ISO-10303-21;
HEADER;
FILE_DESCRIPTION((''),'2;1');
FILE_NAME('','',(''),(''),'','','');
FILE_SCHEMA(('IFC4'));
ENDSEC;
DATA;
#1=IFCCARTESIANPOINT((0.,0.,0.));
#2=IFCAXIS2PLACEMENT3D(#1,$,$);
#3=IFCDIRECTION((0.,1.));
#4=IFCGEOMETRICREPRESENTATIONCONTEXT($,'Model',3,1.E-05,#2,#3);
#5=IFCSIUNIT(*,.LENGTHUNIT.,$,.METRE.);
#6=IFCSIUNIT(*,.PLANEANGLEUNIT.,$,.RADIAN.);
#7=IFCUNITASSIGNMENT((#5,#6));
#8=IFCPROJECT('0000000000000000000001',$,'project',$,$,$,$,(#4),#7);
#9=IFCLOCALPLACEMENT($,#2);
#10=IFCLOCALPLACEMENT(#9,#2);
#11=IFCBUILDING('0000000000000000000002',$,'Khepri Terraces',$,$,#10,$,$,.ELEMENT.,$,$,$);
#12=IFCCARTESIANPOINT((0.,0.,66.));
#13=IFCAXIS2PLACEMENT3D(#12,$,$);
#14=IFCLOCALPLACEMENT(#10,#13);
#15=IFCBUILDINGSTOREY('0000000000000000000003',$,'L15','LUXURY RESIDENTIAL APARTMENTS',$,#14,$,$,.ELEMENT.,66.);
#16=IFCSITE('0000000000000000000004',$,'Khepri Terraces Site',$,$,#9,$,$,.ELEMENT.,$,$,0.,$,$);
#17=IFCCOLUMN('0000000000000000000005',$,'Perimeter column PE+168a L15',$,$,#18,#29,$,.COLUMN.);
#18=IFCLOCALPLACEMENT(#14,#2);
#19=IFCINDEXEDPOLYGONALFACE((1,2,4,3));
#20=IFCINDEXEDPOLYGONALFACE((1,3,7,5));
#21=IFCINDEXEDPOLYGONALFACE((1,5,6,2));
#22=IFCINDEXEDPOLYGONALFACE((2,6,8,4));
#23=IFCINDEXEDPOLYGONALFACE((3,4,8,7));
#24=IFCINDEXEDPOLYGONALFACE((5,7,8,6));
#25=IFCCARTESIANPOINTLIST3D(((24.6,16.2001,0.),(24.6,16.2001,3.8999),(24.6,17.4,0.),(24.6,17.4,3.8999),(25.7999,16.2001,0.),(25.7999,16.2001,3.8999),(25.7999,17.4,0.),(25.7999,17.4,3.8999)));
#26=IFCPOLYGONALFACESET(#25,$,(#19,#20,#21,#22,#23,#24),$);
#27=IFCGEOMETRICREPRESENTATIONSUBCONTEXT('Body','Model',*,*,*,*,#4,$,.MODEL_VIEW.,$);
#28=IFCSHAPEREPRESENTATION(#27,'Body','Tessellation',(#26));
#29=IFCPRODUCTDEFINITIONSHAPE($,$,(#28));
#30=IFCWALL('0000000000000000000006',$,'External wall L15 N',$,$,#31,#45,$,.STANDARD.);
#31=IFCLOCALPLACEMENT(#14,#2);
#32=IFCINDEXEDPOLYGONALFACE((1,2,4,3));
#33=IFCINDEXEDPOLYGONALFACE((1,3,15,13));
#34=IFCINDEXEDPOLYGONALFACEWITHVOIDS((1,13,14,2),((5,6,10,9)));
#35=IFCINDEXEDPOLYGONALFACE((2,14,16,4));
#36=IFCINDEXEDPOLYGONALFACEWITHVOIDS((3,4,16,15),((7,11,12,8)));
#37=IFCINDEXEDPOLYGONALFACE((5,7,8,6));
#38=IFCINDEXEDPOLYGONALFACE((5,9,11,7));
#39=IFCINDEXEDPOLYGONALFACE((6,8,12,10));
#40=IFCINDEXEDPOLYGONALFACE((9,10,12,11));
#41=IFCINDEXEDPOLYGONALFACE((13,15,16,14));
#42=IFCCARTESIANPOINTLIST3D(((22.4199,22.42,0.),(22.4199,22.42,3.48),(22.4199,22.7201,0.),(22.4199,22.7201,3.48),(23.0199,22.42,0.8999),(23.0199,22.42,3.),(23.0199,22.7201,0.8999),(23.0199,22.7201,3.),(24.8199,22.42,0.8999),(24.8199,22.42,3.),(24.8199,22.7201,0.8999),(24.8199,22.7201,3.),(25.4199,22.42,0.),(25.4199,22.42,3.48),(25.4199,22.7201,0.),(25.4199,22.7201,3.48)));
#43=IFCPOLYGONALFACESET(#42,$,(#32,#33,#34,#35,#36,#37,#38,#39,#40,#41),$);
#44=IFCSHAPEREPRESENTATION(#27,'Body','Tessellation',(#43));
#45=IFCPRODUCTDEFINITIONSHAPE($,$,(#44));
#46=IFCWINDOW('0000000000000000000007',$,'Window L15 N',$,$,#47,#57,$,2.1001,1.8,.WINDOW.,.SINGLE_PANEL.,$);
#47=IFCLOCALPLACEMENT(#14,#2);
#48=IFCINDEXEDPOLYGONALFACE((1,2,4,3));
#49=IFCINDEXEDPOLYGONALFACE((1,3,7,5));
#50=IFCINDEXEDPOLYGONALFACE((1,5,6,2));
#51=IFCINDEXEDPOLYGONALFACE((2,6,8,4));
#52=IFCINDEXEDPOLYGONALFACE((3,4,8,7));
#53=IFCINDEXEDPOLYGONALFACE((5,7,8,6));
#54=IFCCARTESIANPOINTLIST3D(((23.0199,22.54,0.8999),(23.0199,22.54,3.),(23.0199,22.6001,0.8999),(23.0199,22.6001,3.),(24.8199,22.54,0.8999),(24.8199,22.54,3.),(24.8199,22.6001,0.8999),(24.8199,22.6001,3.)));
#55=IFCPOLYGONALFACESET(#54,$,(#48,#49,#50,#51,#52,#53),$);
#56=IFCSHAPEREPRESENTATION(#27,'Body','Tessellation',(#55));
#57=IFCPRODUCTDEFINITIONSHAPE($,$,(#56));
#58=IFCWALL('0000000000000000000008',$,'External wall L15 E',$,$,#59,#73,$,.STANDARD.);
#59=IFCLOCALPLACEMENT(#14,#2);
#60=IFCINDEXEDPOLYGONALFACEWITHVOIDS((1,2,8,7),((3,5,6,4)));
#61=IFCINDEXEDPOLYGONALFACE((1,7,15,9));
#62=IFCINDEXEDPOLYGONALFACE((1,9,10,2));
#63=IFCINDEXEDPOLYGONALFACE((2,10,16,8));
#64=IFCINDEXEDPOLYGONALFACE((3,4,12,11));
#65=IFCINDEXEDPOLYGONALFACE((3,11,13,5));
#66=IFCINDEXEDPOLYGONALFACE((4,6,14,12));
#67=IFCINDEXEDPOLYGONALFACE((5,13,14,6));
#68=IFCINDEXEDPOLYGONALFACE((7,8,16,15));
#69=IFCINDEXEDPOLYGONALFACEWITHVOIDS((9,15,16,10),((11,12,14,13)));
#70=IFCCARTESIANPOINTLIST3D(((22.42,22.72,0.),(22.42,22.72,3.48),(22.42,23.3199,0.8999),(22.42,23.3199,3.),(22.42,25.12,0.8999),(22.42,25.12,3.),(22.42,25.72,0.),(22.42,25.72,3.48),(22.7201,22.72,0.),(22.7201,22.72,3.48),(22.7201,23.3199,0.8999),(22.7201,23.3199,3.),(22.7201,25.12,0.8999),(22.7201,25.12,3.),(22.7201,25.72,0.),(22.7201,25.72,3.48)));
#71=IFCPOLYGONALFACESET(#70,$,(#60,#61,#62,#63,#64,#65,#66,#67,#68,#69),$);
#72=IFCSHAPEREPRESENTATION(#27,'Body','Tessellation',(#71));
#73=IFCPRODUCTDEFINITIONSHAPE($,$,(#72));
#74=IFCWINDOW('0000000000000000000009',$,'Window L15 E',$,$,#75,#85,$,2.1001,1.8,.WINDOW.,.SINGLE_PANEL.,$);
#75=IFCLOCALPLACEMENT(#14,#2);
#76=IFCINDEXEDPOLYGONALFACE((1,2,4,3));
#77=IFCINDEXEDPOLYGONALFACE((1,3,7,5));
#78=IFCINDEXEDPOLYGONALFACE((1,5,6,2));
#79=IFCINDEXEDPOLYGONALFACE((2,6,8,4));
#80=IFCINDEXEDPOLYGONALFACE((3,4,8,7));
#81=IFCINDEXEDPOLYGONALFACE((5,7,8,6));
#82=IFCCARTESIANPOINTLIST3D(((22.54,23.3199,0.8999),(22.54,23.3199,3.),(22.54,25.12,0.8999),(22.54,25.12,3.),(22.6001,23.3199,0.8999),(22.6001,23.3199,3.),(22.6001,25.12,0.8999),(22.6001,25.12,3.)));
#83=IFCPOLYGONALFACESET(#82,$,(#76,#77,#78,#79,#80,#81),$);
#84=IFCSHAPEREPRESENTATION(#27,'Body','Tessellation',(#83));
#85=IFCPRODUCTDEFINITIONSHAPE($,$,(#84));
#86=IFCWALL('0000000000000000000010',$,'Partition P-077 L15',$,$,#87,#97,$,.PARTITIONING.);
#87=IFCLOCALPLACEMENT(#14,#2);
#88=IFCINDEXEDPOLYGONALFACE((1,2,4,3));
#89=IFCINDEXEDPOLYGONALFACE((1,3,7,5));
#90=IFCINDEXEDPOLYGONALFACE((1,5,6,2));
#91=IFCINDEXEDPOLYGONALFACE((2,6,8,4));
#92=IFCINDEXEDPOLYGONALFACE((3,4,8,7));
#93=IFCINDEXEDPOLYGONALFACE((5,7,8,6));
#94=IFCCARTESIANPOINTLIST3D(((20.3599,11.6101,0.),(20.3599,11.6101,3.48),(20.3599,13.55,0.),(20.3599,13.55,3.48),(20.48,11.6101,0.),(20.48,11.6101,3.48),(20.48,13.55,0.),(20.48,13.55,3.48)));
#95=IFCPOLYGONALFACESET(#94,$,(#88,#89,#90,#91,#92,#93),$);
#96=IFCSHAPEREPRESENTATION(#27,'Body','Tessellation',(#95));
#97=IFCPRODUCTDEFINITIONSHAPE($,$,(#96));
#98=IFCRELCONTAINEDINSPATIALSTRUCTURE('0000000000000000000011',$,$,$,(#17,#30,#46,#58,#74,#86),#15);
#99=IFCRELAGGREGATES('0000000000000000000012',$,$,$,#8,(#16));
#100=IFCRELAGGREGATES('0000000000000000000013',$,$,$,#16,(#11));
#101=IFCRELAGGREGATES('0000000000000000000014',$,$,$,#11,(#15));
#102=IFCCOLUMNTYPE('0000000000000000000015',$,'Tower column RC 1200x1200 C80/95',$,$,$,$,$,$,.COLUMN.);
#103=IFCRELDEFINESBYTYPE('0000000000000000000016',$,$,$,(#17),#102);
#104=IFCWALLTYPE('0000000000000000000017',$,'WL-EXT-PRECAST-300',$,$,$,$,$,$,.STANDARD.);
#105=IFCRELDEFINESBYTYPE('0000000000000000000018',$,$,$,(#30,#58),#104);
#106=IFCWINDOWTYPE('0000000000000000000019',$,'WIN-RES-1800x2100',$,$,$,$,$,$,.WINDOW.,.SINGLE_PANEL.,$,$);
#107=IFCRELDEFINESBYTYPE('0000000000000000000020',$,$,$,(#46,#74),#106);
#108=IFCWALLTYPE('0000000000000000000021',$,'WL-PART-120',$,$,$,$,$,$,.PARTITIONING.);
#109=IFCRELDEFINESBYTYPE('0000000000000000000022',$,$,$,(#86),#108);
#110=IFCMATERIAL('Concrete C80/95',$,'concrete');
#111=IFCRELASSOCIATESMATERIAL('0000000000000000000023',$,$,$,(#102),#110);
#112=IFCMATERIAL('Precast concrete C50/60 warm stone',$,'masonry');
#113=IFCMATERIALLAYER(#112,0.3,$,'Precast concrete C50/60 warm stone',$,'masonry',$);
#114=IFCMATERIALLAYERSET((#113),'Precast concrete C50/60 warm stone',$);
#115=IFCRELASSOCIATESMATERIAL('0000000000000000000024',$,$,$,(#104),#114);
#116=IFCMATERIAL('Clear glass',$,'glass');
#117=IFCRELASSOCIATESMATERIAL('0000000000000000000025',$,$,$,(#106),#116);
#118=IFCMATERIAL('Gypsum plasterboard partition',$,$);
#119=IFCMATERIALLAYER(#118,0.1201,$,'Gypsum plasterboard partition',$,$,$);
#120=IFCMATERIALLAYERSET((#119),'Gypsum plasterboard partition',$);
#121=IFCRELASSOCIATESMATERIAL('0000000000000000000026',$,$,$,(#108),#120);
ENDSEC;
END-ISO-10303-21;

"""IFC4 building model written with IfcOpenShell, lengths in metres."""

from ifc_helpers import new_model, si_unit, direction, frame, frame_2d, origin, origin_2d, place, context, subcontext, project, spatial, rectangle, extrude, material, layer, layer_set, material_profile, profile_set, type_object, element, fill, save


model = new_model("IFC4")

# Units and contexts
model_context = context("Model", 3, precision=1e-05, world=origin(), true_north=direction((0.0, 1.0)))
body_context = subcontext(model_context, "Body", "Model", "MODEL_VIEW")
ifc_project = project(units=[si_unit("LENGTHUNIT", "METRE"), si_unit("PLANEANGLEUNIT", "RADIAN")], contexts=[model_context])

# Site, building, storey
site_placement = place(None, origin())
site = spatial("IfcSite", under=ifc_project, at=site_placement, Name="Khepri Terraces Site", CompositionType="ELEMENT", RefElevation=0.0)
building_placement = place(site_placement, origin())
building = spatial("IfcBuilding", under=site, at=building_placement, Name="Khepri Terraces", CompositionType="ELEMENT")
storey_placement = place(building_placement, frame((0.0, 0.0, 66.0)))
storey = spatial("IfcBuildingStorey", under=building, at=storey_placement, Name="L15", Description="LUXURY RESIDENTIAL APARTMENTS", CompositionType="ELEMENT", Elevation=66.0)

# Column
ifc_material_1 = material(Name="Concrete C80/95", Category="concrete")
ifc_material_profile = material_profile(ifc_material_1, rectangle(XDim=1.2, YDim=1.2, at=origin_2d()), Name="Concrete C80/95", Category="concrete")
ifc_profile_set = profile_set([ifc_material_profile], Name="Concrete C80/95")
column_type = type_object("IfcColumnType", Name="Tower column RC 1200x1200 C80/95", PredefinedType="COLUMN", material=ifc_profile_set)
column_placement = place(storey_placement, frame((25.2, 16.8, 0.0), z_axis=(0.0, 0.0, 1.0), x_axis=(1.0, 0.0, 0.0)))
element("IfcColumn", 1, at=column_placement, inside=storey, type_object=column_type, Name="Perimeter column PE+168a L15", PredefinedType="COLUMN", context=body_context, shape_type="SweptSolid", body=[
    extrude(rectangle(XDim=1.2, YDim=1.2, at=origin_2d()), origin(), (0.0, 0.0, 1.0), 3.8999),
])

# Shared definitions
ifc_material_2 = material(Name="Precast concrete C50/60 warm stone", Category="masonry")
ifc_layer_1 = layer(ifc_material_2, 0.3, Name="Precast concrete C50/60 warm stone", Category="masonry")
ifc_layer_set_1 = layer_set([ifc_layer_1], Name="Precast concrete C50/60 warm stone")
wall_type_1 = type_object("IfcWallType", Name="WL-EXT-PRECAST-300", PredefinedType="STANDARD", material=ifc_layer_set_1)
ifc_material_3 = material(Name="Clear glass", Category="glass")
window_type = type_object("IfcWindowType", Name="WIN-RES-1800x2100", PartitioningType="SINGLE_PANEL", PredefinedType="WINDOW", material=ifc_material_3)

# Walls, openings, windows
wall_1_placement = place(storey_placement, frame((25.4199, 22.5701, 0.0), z_axis=(0.0, 0.0, 1.0), x_axis=(-1.0, 0.0, 0.0)))
wall_1 = element("IfcWall", 2, at=wall_1_placement, inside=storey, type_object=wall_type_1, Name="External wall L15 N", PredefinedType="STANDARD", context=body_context, shape_type="SweptSolid", body=[
    extrude(rectangle(XDim=3.0, YDim=0.3, at=frame_2d((1.5, 0.0))), origin(), (0.0, 0.0, 1.0), 3.48),
])
opening_1_placement = place(wall_1_placement, frame((0.6001, 0.0, 0.8999)))
opening_1 = element("IfcOpeningElement", 3, at=opening_1_placement, cuts=wall_1, PredefinedType="OPENING", context=body_context, shape_type="SweptSolid", body=[
    extrude(rectangle(XDim=1.8, YDim=2.1001, at=frame_2d((0.8999, 1.05))), frame((0.0, 0.1602, 0.0), z_axis=(0.0, -1.0, 0.0), x_axis=(1.0, 0.0, 0.0)), (0.0, 0.0, 1.0), 0.3201),
])
window_1_placement = place(opening_1_placement, origin())
window_1 = element("IfcWindow", 4, at=window_1_placement, inside=storey, type_object=window_type, Name="Window L15 N", OverallHeight=2.1001, OverallWidth=1.8, PartitioningType="SINGLE_PANEL", PredefinedType="WINDOW", context=body_context, shape_type="SweptSolid", body=[
    extrude(rectangle(XDim=1.8, YDim=2.1001, at=frame_2d((0.8999, 1.05))), frame((0.0, 0.03, 0.0), z_axis=(0.0, -1.0, 0.0), x_axis=(1.0, 0.0, 0.0)), (0.0, 0.0, 1.0), 0.0601),
])
fill(opening_1, window_1)
wall_2_placement = place(storey_placement, frame((22.5701, 22.72, 0.0), z_axis=(0.0, 0.0, 1.0), x_axis=(0.0, 1.0, 0.0)))
wall_2 = element("IfcWall", 5, at=wall_2_placement, inside=storey, type_object=wall_type_1, Name="External wall L15 E", PredefinedType="STANDARD", context=body_context, shape_type="SweptSolid", body=[
    extrude(rectangle(XDim=3.0, YDim=0.3, at=frame_2d((1.5, 0.0))), origin(), (0.0, 0.0, 1.0), 3.48),
])
opening_2_placement = place(wall_2_placement, frame((0.6001, 0.0, 0.8999)))
opening_2 = element("IfcOpeningElement", 6, at=opening_2_placement, cuts=wall_2, PredefinedType="OPENING", context=body_context, shape_type="SweptSolid", body=[
    extrude(rectangle(XDim=1.8, YDim=2.1001, at=frame_2d((0.8999, 1.05))), frame((0.0, 0.1602, 0.0), z_axis=(0.0, -1.0, 0.0), x_axis=(1.0, 0.0, 0.0)), (0.0, 0.0, 1.0), 0.3201),
])
window_2_placement = place(opening_2_placement, origin())
window_2 = element("IfcWindow", 7, at=window_2_placement, inside=storey, type_object=window_type, Name="Window L15 E", OverallHeight=2.1001, OverallWidth=1.8, PartitioningType="SINGLE_PANEL", PredefinedType="WINDOW", context=body_context, shape_type="SweptSolid", body=[
    extrude(rectangle(XDim=1.8, YDim=2.1001, at=frame_2d((0.8999, 1.05))), frame((0.0, 0.03, 0.0), z_axis=(0.0, -1.0, 0.0), x_axis=(1.0, 0.0, 0.0)), (0.0, 0.0, 1.0), 0.0601),
])
fill(opening_2, window_2)

# Wall
ifc_material_4 = material(Name="Gypsum plasterboard partition")
ifc_layer_2 = layer(ifc_material_4, 0.1201, Name="Gypsum plasterboard partition")
ifc_layer_set_2 = layer_set([ifc_layer_2], Name="Gypsum plasterboard partition")
wall_type_2 = type_object("IfcWallType", Name="WL-PART-120", PredefinedType="PARTITIONING", material=ifc_layer_set_2)
wall_3_placement = place(storey_placement, frame((20.4199, 11.6101, 0.0), z_axis=(0.0, 0.0, 1.0), x_axis=(0.0, 1.0, 0.0)))
element("IfcWall", 8, at=wall_3_placement, inside=storey, type_object=wall_type_2, Name="Partition P-077 L15", PredefinedType="PARTITIONING", context=body_context, shape_type="SweptSolid", body=[
    extrude(rectangle(XDim=1.9399, YDim=0.1201, at=frame_2d((0.97, 0.0))), origin(), (0.0, 0.0, 1.0), 3.48),
])

save(model, "model.ifc")
